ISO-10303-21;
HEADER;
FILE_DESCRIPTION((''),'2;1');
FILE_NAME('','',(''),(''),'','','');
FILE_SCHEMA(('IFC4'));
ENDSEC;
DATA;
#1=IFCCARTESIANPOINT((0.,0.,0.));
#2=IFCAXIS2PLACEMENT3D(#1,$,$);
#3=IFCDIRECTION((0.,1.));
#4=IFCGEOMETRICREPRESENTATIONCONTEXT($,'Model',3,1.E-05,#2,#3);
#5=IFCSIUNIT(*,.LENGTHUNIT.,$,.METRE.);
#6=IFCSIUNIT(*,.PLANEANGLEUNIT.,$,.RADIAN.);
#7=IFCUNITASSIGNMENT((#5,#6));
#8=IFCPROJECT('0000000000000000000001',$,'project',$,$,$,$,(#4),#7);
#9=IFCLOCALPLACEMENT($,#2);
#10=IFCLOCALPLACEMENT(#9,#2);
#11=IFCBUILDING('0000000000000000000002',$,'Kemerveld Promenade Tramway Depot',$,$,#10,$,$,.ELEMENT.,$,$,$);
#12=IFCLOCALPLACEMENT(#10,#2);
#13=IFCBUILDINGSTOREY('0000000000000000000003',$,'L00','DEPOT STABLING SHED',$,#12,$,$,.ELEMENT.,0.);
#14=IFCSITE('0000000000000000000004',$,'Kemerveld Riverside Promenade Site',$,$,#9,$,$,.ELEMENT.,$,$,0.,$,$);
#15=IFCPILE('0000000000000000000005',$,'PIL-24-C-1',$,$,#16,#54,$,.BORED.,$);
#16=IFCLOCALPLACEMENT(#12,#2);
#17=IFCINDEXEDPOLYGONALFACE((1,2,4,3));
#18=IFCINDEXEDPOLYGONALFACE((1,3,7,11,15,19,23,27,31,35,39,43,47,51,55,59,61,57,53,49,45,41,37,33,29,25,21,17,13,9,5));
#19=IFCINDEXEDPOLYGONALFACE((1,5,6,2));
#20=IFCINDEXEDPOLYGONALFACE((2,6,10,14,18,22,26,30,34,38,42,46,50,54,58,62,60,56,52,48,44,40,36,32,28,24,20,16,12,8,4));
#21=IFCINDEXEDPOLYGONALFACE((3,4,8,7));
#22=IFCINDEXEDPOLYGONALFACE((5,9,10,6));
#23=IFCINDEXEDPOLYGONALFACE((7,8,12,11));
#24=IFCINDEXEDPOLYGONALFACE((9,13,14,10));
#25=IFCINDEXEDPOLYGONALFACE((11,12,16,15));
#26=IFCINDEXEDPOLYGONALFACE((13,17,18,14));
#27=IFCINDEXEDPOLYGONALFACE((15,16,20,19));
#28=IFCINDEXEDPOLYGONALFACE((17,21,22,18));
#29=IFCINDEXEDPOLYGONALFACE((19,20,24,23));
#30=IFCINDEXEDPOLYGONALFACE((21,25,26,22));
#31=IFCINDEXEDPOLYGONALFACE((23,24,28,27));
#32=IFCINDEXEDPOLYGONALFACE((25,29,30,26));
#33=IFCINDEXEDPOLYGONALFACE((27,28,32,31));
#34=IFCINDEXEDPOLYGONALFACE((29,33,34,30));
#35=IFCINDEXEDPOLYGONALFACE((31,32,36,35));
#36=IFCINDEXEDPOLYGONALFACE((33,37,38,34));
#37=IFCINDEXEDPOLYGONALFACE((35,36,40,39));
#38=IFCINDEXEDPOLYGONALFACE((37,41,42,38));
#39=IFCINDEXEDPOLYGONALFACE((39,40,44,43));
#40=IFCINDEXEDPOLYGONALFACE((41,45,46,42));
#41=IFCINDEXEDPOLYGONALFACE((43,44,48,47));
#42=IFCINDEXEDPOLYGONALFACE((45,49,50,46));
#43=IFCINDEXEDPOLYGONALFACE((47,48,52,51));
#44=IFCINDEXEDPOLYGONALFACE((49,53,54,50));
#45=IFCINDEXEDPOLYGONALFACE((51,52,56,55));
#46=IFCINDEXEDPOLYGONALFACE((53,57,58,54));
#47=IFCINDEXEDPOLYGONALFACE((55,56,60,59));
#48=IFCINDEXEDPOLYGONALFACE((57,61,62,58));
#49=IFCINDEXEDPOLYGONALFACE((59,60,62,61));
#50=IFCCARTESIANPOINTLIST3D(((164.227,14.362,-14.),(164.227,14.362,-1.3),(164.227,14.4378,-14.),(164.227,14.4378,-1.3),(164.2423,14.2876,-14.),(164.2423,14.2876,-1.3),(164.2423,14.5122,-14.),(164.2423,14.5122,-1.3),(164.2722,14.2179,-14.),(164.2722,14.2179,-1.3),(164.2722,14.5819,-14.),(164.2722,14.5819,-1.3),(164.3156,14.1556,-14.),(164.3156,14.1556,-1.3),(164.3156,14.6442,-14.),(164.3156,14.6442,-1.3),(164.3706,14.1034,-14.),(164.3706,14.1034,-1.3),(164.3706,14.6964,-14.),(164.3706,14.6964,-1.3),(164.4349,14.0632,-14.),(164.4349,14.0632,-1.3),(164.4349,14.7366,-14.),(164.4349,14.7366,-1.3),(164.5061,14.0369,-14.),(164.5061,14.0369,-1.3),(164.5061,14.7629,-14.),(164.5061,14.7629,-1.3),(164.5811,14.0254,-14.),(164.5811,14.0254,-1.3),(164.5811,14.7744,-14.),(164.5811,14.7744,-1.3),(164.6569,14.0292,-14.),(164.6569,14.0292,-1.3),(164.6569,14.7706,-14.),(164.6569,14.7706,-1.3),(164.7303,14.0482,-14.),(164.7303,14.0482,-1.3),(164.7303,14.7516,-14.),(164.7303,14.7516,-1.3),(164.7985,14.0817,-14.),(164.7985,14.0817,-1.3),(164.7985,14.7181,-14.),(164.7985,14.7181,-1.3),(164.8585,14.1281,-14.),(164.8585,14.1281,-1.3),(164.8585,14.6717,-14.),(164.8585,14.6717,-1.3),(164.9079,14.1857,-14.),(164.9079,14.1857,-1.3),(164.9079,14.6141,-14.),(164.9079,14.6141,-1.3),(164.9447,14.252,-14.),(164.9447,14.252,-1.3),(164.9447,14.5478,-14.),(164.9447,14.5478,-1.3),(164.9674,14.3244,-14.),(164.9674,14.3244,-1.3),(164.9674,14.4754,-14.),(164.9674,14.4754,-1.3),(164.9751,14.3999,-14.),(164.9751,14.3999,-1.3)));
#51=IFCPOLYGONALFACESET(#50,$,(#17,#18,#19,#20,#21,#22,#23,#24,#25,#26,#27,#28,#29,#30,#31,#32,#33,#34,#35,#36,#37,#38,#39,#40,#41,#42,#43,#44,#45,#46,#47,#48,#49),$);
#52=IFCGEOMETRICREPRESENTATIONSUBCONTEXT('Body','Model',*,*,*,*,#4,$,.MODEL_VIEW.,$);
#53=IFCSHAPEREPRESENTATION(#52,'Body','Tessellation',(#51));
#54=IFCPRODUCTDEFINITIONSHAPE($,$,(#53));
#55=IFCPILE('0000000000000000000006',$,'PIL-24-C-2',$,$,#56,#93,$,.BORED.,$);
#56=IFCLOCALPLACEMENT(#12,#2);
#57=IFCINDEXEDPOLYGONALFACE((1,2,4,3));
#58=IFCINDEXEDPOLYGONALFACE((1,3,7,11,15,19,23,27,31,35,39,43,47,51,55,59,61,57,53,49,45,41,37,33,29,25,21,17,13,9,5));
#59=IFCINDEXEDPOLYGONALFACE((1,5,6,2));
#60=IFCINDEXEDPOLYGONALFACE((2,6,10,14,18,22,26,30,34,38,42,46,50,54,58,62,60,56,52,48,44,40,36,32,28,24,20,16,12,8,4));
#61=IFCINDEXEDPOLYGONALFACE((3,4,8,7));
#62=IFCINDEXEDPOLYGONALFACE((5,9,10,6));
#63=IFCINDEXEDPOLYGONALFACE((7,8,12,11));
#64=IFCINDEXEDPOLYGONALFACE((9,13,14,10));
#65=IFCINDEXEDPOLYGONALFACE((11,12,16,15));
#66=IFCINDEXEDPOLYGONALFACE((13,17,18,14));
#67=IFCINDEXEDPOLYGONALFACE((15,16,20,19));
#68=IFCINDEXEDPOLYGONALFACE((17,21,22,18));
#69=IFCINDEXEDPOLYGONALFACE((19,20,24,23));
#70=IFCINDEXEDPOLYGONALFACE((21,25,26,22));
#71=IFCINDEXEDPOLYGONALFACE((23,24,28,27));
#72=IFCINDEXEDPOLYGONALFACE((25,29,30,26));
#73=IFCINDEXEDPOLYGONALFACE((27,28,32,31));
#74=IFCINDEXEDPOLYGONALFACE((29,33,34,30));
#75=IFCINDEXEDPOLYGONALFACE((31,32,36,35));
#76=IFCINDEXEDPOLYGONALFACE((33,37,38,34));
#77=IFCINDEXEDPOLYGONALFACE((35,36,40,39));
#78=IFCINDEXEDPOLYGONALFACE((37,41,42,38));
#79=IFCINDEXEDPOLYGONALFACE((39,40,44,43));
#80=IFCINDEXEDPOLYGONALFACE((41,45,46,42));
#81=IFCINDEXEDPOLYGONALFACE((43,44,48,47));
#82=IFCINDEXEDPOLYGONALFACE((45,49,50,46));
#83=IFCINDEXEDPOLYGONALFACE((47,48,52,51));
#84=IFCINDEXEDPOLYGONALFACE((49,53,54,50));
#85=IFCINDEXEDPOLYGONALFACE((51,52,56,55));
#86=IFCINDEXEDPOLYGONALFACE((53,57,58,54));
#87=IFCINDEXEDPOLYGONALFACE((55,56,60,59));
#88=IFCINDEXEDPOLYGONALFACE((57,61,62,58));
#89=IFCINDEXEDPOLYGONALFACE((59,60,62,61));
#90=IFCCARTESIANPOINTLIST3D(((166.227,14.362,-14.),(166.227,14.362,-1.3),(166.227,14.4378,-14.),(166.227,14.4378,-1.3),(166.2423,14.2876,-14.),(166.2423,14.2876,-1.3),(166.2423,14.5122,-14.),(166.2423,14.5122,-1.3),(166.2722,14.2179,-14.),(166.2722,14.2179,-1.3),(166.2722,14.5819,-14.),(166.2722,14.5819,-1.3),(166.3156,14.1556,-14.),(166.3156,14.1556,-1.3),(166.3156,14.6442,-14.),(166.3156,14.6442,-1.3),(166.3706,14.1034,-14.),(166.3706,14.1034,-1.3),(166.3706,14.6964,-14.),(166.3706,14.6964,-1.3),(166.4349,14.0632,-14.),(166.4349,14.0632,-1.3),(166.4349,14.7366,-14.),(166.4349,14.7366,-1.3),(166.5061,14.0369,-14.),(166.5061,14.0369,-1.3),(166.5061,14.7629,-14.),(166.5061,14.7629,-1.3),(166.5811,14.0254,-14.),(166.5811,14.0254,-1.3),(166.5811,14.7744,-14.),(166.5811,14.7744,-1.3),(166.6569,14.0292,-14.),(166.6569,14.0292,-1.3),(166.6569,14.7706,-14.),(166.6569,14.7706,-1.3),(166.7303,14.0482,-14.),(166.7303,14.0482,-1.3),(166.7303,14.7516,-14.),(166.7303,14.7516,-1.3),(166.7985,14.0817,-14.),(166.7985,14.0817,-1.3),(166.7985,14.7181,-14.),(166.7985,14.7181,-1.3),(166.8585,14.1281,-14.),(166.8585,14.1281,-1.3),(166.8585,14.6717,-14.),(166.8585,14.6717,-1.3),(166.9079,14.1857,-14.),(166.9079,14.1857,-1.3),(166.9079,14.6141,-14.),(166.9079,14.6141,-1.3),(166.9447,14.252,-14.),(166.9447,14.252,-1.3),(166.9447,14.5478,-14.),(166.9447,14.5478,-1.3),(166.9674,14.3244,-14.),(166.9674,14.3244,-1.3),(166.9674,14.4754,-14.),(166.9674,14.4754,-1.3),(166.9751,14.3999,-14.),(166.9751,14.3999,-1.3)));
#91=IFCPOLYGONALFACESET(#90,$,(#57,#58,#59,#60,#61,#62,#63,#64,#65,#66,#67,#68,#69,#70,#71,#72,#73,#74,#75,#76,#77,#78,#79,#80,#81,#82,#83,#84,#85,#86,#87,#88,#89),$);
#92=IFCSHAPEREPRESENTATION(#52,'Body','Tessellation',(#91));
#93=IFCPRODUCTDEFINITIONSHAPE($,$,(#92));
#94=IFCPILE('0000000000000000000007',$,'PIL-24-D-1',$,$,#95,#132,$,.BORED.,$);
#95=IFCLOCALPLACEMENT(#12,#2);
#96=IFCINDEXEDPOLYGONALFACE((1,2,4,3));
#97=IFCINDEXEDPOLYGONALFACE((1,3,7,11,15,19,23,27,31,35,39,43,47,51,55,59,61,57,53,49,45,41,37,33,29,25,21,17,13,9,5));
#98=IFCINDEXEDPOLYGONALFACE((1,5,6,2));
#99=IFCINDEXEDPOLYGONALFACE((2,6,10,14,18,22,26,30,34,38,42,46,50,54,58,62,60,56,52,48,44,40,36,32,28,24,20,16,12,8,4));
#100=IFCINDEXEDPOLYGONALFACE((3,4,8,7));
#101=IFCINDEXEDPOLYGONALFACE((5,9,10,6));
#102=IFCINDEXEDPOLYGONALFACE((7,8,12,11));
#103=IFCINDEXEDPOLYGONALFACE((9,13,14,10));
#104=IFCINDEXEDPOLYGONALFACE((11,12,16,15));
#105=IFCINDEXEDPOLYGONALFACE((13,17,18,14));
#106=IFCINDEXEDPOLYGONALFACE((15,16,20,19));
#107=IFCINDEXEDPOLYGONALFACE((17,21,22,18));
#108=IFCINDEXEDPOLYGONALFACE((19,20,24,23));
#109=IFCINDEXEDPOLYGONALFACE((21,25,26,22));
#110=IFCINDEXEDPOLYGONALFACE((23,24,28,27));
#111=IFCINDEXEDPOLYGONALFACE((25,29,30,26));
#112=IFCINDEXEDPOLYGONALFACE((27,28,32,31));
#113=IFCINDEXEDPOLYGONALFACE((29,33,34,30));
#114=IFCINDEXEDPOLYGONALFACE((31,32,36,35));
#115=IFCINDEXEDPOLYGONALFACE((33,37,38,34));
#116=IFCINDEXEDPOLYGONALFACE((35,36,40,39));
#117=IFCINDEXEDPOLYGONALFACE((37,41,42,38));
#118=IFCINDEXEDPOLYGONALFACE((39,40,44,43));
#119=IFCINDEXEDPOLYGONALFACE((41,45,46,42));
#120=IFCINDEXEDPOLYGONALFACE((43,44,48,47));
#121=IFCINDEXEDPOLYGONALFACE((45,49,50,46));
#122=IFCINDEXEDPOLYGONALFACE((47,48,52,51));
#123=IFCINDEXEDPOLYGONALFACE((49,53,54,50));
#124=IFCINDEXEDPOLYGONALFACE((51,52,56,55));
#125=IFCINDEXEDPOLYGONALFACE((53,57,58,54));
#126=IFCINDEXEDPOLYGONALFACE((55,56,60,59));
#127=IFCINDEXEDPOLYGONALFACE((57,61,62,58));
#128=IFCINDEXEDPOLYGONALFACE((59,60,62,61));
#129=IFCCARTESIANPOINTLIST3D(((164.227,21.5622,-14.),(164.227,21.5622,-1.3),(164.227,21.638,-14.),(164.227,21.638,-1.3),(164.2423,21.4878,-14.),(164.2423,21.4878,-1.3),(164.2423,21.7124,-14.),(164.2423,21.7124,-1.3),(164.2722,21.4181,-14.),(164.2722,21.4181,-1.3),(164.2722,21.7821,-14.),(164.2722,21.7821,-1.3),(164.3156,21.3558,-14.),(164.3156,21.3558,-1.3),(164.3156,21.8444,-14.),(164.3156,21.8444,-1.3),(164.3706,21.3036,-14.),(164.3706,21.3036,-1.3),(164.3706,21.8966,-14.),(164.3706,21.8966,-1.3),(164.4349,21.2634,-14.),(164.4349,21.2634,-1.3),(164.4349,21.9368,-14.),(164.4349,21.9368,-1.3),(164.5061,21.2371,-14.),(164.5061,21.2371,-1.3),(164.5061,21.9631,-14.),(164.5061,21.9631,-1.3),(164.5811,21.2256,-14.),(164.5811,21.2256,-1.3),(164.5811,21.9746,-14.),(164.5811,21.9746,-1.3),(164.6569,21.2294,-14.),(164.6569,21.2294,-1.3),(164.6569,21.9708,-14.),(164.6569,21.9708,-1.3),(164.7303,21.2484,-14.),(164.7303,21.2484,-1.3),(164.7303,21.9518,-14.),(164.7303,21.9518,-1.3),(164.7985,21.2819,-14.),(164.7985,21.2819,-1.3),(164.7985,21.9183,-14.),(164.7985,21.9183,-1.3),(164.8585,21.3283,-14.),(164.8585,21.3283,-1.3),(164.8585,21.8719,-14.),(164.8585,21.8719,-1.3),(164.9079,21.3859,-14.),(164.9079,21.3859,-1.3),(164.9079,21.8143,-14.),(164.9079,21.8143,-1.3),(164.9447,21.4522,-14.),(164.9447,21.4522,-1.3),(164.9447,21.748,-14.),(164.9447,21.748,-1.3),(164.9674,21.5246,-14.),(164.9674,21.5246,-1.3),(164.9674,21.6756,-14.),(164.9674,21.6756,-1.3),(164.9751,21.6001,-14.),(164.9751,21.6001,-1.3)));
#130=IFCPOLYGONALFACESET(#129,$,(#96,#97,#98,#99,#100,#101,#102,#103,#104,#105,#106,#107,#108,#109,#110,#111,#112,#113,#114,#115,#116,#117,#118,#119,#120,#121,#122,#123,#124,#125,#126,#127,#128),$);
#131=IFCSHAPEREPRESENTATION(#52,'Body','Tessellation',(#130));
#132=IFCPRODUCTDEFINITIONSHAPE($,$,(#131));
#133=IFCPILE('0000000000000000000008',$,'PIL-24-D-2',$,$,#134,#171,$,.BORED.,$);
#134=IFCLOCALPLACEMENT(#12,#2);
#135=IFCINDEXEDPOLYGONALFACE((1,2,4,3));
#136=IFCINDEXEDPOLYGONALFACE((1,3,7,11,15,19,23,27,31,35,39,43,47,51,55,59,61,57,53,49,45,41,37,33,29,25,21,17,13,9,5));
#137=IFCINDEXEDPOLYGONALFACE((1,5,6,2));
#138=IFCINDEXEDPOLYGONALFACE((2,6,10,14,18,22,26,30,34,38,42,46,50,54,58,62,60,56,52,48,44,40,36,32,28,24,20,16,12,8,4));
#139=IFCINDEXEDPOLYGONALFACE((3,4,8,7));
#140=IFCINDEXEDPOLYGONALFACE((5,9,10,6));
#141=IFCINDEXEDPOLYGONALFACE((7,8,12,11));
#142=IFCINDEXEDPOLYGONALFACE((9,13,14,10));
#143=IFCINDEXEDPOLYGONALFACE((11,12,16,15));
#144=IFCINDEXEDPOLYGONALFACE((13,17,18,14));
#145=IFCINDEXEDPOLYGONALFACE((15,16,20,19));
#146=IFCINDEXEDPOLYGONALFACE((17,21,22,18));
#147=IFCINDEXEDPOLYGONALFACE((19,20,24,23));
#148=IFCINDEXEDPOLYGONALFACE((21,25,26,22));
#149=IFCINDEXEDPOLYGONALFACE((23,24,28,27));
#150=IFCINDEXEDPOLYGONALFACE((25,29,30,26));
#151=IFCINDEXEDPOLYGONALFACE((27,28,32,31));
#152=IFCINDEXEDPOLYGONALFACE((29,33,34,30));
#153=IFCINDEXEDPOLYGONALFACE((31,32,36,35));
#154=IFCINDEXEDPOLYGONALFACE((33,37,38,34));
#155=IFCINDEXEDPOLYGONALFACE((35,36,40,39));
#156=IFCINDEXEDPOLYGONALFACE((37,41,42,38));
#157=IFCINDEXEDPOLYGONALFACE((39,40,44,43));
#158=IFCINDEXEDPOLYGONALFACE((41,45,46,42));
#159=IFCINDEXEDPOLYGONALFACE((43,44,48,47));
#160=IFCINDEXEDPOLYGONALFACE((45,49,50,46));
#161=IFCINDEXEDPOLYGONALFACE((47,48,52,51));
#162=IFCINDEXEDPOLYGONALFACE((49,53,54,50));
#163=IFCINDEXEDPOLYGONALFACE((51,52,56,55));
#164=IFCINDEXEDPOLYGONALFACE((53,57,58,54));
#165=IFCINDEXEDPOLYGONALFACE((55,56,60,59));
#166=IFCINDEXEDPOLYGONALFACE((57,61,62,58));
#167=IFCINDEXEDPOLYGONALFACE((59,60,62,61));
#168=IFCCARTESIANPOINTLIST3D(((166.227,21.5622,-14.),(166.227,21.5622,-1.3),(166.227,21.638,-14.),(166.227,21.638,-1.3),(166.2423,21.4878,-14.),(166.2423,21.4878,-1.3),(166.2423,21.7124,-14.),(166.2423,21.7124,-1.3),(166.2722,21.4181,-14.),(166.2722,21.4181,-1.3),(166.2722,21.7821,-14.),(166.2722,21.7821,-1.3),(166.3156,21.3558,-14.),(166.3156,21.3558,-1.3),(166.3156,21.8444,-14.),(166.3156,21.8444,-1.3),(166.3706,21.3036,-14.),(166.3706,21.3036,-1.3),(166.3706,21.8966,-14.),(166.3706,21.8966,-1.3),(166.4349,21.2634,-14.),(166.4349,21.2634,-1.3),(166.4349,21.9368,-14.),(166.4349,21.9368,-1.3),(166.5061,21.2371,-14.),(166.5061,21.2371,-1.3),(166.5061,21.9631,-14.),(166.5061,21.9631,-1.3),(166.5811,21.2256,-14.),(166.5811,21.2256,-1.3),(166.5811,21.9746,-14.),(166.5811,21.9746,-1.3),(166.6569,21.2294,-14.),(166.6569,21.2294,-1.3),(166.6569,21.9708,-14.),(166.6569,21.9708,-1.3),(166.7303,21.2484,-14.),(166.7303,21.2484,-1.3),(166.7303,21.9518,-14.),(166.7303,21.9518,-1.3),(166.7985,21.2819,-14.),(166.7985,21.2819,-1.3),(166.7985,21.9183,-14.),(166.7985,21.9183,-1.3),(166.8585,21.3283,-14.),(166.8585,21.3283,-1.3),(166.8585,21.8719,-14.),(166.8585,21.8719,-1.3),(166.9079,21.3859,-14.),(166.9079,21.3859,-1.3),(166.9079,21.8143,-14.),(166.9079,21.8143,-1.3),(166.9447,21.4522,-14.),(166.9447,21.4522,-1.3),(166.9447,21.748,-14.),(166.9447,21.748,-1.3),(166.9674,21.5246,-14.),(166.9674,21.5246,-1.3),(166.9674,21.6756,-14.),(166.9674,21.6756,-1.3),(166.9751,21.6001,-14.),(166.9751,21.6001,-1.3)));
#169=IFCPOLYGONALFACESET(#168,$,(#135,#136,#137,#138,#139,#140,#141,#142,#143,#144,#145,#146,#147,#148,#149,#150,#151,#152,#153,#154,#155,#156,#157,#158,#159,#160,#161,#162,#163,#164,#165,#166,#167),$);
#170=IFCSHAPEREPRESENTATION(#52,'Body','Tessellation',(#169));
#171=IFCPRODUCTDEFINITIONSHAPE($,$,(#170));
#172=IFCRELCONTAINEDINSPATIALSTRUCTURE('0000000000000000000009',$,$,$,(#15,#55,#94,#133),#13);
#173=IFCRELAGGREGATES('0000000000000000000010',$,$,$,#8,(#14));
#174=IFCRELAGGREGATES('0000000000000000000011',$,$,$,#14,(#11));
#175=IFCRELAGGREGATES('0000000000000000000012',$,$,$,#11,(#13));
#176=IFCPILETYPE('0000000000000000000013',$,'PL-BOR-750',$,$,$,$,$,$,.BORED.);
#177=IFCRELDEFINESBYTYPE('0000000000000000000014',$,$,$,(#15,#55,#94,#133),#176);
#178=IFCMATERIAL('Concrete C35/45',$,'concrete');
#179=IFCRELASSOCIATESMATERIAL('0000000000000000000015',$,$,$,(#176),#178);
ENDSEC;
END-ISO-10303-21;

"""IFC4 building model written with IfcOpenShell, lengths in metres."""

from ifc_helpers import new_model, si_unit, direction, frame, origin, origin_2d, place, context, subcontext, project, spatial, circle, extrude, material, material_profile, profile_set, type_object, element, save


model = new_model("IFC4")

# Units and contexts
model_context = context("Model", 3, precision=1e-05, world=origin(), true_north=direction((0.0, 1.0)))
body_context = subcontext(model_context, "Body", "Model", "MODEL_VIEW")
ifc_project = project(units=[si_unit("LENGTHUNIT", "METRE"), si_unit("PLANEANGLEUNIT", "RADIAN")], contexts=[model_context])

# Site, building, storey
site_placement = place(None, origin())
site = spatial("IfcSite", under=ifc_project, at=site_placement, Name="Kemerveld Riverside Promenade Site", CompositionType="ELEMENT", RefElevation=0.0)
building_placement = place(site_placement, origin())
building = spatial("IfcBuilding", under=site, at=building_placement, Name="Kemerveld Promenade Tramway Depot", CompositionType="ELEMENT")
storey_placement = place(building_placement, origin())
storey = spatial("IfcBuildingStorey", under=building, at=storey_placement, Name="L00", Description="DEPOT STABLING SHED", CompositionType="ELEMENT", Elevation=0.0)

# Shared definitions
ifc_material_1 = material(Name="Concrete C35/45", Category="concrete")

# Piles
ifc_material_profile_1 = material_profile(ifc_material_1, circle(Radius=0.375, at=origin_2d()), Name="PILE-D750")
ifc_profile_set_1 = profile_set([ifc_material_profile_1], Name="Concrete C35/45")
pile_type_1 = type_object("IfcPileType", Name="PL-BOR-750", PredefinedType="BORED", material=ifc_profile_set_1)
for number, where, z_axis, x_axis, name in (
    (1, (164.6001, 14.3999, -1.3), (0.0, 0.0, -1.0), (1.0, 0.0, 0.0), "PIL-24-C-1"),
    (2, (166.6001, 14.3999, -1.3), (0.0, 0.0, -1.0), (1.0, 0.0, 0.0), "PIL-24-C-2"),
    (3, (164.6001, 21.6001, -1.3), (0.0, 0.0, -1.0), (1.0, 0.0, 0.0), "PIL-24-D-1"),
    (4, (166.6001, 21.6001, -1.3), (0.0, 0.0, -1.0), (1.0, 0.0, 0.0), "PIL-24-D-2"),
):
    element("IfcPile", number, at=place(storey_placement, frame(where, z_axis=z_axis, x_axis=x_axis)), inside=storey, type_object=pile_type_1, Name=name, PredefinedType="BORED", context=body_context, shape_type="SweptSolid", body=[
        extrude(circle(Radius=0.375, at=origin_2d()), origin(), (0.0, 0.0, 1.0), 12.7),
    ])

save(model, "model.ifc")
